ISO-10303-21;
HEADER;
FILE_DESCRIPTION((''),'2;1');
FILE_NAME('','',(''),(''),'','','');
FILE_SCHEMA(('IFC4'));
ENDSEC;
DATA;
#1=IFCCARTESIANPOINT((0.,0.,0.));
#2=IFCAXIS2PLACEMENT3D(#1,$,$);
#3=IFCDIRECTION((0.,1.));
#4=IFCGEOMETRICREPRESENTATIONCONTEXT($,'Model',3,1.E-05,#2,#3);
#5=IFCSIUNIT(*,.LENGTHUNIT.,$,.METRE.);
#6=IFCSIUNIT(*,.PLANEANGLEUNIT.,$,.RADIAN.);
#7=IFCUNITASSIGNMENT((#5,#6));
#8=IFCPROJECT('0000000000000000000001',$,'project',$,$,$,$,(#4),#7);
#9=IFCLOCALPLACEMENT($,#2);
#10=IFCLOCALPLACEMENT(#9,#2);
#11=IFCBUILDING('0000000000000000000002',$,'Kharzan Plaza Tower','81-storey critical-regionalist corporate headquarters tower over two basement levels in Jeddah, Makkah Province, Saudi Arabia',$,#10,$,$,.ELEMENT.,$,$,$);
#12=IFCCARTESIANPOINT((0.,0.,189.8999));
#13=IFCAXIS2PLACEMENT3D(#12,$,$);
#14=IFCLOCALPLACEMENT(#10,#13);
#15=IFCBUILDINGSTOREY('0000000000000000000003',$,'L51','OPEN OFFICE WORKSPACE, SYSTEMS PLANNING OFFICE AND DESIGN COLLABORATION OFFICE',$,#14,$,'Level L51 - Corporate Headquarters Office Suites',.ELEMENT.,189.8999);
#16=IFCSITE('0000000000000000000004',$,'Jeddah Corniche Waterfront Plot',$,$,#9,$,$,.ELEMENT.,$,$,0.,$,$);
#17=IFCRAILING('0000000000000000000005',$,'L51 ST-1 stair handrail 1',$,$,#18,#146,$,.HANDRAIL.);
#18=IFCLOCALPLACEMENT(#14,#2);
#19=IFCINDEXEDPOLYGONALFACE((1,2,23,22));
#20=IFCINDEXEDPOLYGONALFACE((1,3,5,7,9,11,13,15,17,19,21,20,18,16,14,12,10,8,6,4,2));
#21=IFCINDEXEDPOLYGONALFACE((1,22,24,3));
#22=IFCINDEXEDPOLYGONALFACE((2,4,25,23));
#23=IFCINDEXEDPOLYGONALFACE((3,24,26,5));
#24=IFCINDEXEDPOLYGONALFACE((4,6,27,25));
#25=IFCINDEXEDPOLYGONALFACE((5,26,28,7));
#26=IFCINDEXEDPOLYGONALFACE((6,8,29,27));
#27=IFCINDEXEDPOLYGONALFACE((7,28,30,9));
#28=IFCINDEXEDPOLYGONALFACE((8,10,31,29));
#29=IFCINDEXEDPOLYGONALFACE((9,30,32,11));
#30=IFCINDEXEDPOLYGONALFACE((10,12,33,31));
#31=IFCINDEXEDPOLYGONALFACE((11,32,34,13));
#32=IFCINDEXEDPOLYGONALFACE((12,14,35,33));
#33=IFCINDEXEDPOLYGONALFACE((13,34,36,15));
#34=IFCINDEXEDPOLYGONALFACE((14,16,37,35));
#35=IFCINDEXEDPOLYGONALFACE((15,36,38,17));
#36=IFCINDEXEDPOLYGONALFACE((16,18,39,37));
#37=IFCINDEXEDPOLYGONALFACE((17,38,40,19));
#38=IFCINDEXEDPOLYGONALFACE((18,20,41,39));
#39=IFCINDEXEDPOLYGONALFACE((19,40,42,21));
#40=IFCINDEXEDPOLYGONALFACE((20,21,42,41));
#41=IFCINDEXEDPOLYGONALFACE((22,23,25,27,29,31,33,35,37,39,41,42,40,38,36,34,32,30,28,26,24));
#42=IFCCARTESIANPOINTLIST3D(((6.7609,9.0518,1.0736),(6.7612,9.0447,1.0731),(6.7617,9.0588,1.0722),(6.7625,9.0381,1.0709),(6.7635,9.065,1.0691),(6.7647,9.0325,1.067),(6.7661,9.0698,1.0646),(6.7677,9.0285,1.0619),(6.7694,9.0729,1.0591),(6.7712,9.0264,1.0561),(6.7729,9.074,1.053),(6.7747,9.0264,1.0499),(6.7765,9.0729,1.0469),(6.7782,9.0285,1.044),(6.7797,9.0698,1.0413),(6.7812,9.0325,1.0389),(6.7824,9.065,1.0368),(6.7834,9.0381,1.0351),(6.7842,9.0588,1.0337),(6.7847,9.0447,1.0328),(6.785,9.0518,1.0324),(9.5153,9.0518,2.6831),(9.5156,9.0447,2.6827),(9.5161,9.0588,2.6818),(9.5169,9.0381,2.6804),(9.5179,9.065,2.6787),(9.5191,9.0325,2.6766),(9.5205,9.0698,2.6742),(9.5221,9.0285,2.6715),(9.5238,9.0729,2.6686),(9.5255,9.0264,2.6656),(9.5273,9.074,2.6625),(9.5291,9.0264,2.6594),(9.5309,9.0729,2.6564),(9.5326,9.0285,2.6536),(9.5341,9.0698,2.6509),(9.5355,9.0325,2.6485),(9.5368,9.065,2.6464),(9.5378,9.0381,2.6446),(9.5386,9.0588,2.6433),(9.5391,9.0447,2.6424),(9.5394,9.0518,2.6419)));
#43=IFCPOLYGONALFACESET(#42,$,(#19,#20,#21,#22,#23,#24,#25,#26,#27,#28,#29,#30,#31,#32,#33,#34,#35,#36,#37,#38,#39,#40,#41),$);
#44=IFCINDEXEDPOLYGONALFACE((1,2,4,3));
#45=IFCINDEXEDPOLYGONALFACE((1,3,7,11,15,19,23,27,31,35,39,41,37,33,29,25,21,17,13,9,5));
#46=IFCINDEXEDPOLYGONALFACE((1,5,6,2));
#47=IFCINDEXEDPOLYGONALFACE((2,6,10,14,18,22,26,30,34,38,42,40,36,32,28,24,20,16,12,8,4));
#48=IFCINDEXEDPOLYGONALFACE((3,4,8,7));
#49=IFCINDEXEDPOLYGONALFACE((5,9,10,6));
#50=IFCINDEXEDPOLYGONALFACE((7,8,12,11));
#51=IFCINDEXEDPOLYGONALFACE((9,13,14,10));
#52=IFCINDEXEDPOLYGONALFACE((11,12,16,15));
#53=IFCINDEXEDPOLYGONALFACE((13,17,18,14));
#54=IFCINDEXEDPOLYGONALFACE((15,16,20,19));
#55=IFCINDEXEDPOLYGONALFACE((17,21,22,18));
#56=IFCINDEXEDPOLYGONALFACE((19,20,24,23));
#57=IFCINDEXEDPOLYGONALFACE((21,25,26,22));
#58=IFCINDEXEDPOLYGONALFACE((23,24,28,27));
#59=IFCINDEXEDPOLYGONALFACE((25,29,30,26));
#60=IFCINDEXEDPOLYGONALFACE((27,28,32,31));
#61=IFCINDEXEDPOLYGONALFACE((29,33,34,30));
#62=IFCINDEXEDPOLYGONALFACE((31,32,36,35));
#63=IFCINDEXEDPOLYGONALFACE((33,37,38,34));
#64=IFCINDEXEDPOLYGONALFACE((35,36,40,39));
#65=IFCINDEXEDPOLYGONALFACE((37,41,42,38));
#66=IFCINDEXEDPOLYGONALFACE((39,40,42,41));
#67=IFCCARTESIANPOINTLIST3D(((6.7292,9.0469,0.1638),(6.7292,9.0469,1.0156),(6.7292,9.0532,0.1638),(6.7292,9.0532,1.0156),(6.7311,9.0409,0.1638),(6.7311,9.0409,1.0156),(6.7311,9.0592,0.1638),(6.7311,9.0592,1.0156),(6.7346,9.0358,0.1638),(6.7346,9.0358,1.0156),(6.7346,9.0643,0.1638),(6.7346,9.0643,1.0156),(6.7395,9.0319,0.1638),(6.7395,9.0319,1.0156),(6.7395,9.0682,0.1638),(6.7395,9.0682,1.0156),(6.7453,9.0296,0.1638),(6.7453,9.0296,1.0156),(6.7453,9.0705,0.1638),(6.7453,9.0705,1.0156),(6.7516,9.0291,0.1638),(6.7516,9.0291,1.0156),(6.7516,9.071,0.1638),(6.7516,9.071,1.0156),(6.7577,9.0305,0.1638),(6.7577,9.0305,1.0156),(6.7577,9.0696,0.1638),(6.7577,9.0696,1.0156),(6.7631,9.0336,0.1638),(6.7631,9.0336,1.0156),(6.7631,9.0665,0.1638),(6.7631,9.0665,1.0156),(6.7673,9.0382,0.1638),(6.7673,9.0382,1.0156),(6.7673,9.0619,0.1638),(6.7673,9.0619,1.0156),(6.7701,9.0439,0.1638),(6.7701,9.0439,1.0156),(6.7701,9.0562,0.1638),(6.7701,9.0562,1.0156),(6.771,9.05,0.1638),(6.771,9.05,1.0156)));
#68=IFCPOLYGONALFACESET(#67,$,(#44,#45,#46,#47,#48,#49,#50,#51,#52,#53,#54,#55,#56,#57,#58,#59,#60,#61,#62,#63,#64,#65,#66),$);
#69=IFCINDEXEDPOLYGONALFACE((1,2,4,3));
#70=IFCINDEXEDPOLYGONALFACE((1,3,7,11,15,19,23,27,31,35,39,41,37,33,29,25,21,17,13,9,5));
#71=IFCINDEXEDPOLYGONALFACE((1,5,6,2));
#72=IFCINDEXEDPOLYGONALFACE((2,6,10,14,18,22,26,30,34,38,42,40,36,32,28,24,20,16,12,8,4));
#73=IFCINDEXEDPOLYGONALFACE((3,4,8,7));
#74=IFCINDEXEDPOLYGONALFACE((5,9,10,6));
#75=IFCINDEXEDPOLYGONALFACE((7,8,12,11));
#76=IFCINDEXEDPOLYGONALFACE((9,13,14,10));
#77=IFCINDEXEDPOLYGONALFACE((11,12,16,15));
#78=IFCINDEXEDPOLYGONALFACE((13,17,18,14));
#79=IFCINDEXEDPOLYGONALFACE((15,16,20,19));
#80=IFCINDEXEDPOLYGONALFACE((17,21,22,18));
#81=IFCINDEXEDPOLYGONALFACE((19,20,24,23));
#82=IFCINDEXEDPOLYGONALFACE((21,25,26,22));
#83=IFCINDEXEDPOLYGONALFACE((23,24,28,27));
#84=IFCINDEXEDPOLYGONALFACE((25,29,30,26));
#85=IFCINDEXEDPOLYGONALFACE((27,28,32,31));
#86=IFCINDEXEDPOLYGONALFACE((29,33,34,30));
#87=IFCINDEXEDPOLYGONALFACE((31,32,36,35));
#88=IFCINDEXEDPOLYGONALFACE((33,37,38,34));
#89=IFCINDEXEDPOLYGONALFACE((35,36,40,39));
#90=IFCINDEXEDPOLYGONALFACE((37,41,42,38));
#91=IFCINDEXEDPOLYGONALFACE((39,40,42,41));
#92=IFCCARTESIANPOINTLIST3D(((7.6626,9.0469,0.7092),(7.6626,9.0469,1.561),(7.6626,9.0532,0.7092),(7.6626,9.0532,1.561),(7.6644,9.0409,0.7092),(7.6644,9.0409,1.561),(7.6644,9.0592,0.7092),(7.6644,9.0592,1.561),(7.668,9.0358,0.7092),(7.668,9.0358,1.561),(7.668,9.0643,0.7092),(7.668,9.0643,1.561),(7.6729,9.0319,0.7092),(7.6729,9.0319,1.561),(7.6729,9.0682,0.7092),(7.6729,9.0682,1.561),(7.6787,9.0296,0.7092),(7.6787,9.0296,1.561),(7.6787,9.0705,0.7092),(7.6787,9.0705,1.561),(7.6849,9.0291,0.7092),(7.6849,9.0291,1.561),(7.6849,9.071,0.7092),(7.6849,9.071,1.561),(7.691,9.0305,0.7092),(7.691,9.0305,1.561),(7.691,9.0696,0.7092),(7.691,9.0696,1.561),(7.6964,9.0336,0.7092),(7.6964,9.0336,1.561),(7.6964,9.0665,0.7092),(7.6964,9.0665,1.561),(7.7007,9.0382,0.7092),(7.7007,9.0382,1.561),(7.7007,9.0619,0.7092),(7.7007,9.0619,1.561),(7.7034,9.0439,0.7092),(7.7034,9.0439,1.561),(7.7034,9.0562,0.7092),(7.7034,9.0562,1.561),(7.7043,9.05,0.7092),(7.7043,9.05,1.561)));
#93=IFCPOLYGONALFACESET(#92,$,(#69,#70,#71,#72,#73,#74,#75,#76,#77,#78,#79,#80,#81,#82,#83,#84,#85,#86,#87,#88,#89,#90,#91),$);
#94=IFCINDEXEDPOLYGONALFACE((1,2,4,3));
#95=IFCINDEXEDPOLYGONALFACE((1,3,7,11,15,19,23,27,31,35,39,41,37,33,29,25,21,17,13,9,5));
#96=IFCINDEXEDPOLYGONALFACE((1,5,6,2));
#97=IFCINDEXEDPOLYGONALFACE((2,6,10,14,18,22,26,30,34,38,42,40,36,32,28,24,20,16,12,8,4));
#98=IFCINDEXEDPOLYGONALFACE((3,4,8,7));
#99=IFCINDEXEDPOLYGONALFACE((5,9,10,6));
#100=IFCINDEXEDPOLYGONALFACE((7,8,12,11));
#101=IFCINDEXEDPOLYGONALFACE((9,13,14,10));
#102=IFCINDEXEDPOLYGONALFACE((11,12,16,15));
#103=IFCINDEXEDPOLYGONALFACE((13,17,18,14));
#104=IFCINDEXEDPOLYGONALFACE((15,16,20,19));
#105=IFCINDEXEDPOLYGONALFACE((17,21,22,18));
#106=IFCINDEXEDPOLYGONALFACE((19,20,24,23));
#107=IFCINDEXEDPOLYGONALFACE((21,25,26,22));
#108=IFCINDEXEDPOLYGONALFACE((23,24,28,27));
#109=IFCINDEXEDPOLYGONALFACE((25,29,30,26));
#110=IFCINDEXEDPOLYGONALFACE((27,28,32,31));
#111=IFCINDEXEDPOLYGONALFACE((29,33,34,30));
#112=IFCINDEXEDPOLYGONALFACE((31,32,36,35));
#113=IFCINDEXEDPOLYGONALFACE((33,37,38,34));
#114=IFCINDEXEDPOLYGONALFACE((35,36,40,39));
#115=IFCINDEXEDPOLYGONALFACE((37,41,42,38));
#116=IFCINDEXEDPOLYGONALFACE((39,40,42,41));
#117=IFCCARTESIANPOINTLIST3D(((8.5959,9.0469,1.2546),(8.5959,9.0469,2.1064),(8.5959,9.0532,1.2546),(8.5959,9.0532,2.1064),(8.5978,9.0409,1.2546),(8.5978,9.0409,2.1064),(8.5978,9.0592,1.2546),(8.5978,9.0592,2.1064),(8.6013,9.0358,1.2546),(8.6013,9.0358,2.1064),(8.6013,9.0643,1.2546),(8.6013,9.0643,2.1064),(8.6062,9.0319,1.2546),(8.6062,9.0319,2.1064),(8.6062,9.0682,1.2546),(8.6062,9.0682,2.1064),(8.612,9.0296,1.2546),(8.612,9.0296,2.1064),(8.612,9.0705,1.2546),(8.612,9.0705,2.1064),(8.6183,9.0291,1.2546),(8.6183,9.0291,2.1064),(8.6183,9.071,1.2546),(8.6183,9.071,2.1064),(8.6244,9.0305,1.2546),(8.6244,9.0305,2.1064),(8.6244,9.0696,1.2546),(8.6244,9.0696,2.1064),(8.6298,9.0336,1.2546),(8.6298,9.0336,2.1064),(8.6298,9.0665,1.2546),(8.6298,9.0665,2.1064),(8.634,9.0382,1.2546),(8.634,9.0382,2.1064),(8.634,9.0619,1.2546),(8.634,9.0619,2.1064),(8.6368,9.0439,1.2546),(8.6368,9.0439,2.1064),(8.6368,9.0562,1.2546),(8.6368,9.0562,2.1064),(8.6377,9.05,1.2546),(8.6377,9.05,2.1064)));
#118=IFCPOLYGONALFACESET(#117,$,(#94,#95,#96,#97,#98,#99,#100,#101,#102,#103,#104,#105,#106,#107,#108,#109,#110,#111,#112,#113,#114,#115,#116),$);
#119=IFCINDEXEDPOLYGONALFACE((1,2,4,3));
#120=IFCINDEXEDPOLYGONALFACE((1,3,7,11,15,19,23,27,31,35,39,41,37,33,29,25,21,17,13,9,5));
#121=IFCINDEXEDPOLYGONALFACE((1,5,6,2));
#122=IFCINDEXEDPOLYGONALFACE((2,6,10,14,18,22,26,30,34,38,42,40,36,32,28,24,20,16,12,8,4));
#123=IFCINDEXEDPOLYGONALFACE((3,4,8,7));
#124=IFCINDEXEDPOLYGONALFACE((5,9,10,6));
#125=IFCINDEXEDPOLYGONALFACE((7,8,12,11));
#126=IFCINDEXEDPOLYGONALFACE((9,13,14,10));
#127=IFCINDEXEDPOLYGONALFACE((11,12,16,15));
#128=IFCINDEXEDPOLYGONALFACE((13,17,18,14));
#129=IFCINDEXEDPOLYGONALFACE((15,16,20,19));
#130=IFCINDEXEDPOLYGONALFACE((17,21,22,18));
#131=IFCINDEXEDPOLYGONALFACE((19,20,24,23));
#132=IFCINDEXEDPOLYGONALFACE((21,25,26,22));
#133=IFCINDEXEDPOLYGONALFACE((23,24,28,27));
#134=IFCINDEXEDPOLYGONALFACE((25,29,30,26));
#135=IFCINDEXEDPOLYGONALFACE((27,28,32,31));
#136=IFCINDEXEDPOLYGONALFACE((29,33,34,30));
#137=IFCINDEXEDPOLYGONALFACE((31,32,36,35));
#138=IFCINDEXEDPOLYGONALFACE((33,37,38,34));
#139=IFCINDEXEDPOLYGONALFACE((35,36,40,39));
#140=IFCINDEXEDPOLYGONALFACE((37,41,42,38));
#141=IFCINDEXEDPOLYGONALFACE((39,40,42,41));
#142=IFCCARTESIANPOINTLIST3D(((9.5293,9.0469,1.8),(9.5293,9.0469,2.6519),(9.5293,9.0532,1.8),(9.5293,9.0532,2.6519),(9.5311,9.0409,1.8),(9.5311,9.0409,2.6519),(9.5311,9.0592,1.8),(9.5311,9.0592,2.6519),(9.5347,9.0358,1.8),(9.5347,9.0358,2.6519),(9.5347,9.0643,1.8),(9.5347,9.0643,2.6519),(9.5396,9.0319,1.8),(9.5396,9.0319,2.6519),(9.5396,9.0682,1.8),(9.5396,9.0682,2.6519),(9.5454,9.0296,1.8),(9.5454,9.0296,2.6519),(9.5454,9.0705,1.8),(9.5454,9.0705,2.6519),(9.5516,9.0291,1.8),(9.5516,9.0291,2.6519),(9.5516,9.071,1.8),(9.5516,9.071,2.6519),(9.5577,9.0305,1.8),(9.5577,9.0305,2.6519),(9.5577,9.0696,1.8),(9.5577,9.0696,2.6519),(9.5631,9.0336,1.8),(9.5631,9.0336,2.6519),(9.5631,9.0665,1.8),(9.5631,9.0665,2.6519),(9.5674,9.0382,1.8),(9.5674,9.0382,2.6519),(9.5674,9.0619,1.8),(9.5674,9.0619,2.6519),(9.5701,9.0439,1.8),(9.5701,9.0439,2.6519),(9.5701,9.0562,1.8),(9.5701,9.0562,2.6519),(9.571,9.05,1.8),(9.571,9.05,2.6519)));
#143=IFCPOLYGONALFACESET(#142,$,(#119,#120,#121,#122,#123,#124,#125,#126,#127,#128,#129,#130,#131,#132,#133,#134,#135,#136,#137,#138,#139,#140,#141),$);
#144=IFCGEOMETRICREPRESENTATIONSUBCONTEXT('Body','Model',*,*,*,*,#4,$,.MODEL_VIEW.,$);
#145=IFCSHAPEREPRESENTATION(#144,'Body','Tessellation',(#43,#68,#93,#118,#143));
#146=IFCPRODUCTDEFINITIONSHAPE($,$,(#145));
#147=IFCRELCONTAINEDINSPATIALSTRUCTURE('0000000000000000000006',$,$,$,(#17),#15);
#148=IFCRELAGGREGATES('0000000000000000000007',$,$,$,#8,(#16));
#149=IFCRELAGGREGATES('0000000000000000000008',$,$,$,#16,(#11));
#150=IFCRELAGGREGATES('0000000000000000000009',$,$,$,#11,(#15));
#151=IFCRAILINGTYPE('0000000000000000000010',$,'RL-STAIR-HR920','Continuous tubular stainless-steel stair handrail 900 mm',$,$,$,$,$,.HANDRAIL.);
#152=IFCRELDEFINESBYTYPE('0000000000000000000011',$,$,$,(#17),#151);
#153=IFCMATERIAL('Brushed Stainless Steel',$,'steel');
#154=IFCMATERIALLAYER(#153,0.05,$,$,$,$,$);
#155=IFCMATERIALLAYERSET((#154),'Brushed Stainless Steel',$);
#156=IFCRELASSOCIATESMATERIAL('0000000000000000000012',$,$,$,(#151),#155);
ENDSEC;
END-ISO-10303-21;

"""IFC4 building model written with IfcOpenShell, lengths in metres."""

from ifc_helpers import new_model, si_unit, direction, frame, origin, origin_2d, place, context, subcontext, project, spatial, circle, extrude, source, transform, mapped, material, layer, layer_set, type_object, element, save


model = new_model("IFC4")

# Units and contexts
model_context = context("Model", 3, precision=1e-05, world=origin(), true_north=direction((0.0, 1.0)))
body_context = subcontext(model_context, "Body", "Model", "MODEL_VIEW")
ifc_project = project(units=[si_unit("LENGTHUNIT", "METRE"), si_unit("PLANEANGLEUNIT", "RADIAN")], contexts=[model_context])

# Site, building, storey
site_placement = place(None, origin())
site = spatial("IfcSite", under=ifc_project, at=site_placement, Name="Jeddah Corniche Waterfront Plot", CompositionType="ELEMENT", RefElevation=0.0)
building_placement = place(site_placement, origin())
building = spatial("IfcBuilding", under=site, at=building_placement, Name="Kharzan Plaza Tower", Description="81-storey critical-regionalist corporate headquarters tower over two basement levels in Jeddah, Makkah Province, Saudi Arabia", CompositionType="ELEMENT")
storey_placement = place(building_placement, frame((0.0, 0.0, 189.8999)))
storey = spatial("IfcBuildingStorey", under=building, at=storey_placement, Name="L51", Description="OPEN OFFICE WORKSPACE, SYSTEMS PLANNING OFFICE AND DESIGN COLLABORATION OFFICE", LongName="Level L51 - Corporate Headquarters Office Suites", CompositionType="ELEMENT", Elevation=189.8999)

# Railing
ifc_material_1 = material(Name="Brushed Stainless Steel", Category="steel")
ifc_layer_1 = layer(ifc_material_1, 0.05)
ifc_layer_set_1 = layer_set([ifc_layer_1], Name="Brushed Stainless Steel")
railing_type_1 = type_object("IfcRailingType", Name="RL-STAIR-HR920", Description="Continuous tubular stainless-steel stair handrail 900 mm", PredefinedType="HANDRAIL", material=ifc_layer_set_1)
shared_shape_1 = source(origin(), body_context, "Body", "SweptSolid", [
    extrude(circle(Radius=0.0239, at=origin_2d()), frame((0.0229, 0.0, 0.8892), z_axis=(0.863394, 0.0, 0.504531), x_axis=(0.0, 1.0, 0.0)), (0.0, 0.0, 1.0), 3.1902),
    extrude(circle(Radius=0.021, at=origin_2d()), origin(), (0.0, 0.0, 1.0), 0.8518),
    extrude(circle(Radius=0.021, at=origin_2d()), frame((0.9333, 0.0, 0.5454)), (0.0, 0.0, 1.0), 0.8518),
    extrude(circle(Radius=0.021, at=origin_2d()), frame((1.8667, 0.0, 1.0908)), (0.0, 0.0, 1.0), 0.8518),
    extrude(circle(Radius=0.021, at=origin_2d()), frame((2.8, 0.0, 1.6362)), (0.0, 0.0, 1.0), 0.8518),
])
railing_1_placement = place(storey_placement, frame((6.75, 9.05, 0.1638)))
element("IfcRailing", 1, at=railing_1_placement, inside=storey, type_object=railing_type_1, Name="L51 ST-1 stair handrail 1", PredefinedType="HANDRAIL", context=body_context, shape_type="MappedRepresentation", body=[
    mapped(shared_shape_1, transform((0.0, 0.0, 0.0), x_axis=(1.0, 0.0, 0.0), y_axis=(0.0, 1.0, 0.0), z_axis=(0.0, 0.0, 1.0))),
])

save(model, "model.ifc")
